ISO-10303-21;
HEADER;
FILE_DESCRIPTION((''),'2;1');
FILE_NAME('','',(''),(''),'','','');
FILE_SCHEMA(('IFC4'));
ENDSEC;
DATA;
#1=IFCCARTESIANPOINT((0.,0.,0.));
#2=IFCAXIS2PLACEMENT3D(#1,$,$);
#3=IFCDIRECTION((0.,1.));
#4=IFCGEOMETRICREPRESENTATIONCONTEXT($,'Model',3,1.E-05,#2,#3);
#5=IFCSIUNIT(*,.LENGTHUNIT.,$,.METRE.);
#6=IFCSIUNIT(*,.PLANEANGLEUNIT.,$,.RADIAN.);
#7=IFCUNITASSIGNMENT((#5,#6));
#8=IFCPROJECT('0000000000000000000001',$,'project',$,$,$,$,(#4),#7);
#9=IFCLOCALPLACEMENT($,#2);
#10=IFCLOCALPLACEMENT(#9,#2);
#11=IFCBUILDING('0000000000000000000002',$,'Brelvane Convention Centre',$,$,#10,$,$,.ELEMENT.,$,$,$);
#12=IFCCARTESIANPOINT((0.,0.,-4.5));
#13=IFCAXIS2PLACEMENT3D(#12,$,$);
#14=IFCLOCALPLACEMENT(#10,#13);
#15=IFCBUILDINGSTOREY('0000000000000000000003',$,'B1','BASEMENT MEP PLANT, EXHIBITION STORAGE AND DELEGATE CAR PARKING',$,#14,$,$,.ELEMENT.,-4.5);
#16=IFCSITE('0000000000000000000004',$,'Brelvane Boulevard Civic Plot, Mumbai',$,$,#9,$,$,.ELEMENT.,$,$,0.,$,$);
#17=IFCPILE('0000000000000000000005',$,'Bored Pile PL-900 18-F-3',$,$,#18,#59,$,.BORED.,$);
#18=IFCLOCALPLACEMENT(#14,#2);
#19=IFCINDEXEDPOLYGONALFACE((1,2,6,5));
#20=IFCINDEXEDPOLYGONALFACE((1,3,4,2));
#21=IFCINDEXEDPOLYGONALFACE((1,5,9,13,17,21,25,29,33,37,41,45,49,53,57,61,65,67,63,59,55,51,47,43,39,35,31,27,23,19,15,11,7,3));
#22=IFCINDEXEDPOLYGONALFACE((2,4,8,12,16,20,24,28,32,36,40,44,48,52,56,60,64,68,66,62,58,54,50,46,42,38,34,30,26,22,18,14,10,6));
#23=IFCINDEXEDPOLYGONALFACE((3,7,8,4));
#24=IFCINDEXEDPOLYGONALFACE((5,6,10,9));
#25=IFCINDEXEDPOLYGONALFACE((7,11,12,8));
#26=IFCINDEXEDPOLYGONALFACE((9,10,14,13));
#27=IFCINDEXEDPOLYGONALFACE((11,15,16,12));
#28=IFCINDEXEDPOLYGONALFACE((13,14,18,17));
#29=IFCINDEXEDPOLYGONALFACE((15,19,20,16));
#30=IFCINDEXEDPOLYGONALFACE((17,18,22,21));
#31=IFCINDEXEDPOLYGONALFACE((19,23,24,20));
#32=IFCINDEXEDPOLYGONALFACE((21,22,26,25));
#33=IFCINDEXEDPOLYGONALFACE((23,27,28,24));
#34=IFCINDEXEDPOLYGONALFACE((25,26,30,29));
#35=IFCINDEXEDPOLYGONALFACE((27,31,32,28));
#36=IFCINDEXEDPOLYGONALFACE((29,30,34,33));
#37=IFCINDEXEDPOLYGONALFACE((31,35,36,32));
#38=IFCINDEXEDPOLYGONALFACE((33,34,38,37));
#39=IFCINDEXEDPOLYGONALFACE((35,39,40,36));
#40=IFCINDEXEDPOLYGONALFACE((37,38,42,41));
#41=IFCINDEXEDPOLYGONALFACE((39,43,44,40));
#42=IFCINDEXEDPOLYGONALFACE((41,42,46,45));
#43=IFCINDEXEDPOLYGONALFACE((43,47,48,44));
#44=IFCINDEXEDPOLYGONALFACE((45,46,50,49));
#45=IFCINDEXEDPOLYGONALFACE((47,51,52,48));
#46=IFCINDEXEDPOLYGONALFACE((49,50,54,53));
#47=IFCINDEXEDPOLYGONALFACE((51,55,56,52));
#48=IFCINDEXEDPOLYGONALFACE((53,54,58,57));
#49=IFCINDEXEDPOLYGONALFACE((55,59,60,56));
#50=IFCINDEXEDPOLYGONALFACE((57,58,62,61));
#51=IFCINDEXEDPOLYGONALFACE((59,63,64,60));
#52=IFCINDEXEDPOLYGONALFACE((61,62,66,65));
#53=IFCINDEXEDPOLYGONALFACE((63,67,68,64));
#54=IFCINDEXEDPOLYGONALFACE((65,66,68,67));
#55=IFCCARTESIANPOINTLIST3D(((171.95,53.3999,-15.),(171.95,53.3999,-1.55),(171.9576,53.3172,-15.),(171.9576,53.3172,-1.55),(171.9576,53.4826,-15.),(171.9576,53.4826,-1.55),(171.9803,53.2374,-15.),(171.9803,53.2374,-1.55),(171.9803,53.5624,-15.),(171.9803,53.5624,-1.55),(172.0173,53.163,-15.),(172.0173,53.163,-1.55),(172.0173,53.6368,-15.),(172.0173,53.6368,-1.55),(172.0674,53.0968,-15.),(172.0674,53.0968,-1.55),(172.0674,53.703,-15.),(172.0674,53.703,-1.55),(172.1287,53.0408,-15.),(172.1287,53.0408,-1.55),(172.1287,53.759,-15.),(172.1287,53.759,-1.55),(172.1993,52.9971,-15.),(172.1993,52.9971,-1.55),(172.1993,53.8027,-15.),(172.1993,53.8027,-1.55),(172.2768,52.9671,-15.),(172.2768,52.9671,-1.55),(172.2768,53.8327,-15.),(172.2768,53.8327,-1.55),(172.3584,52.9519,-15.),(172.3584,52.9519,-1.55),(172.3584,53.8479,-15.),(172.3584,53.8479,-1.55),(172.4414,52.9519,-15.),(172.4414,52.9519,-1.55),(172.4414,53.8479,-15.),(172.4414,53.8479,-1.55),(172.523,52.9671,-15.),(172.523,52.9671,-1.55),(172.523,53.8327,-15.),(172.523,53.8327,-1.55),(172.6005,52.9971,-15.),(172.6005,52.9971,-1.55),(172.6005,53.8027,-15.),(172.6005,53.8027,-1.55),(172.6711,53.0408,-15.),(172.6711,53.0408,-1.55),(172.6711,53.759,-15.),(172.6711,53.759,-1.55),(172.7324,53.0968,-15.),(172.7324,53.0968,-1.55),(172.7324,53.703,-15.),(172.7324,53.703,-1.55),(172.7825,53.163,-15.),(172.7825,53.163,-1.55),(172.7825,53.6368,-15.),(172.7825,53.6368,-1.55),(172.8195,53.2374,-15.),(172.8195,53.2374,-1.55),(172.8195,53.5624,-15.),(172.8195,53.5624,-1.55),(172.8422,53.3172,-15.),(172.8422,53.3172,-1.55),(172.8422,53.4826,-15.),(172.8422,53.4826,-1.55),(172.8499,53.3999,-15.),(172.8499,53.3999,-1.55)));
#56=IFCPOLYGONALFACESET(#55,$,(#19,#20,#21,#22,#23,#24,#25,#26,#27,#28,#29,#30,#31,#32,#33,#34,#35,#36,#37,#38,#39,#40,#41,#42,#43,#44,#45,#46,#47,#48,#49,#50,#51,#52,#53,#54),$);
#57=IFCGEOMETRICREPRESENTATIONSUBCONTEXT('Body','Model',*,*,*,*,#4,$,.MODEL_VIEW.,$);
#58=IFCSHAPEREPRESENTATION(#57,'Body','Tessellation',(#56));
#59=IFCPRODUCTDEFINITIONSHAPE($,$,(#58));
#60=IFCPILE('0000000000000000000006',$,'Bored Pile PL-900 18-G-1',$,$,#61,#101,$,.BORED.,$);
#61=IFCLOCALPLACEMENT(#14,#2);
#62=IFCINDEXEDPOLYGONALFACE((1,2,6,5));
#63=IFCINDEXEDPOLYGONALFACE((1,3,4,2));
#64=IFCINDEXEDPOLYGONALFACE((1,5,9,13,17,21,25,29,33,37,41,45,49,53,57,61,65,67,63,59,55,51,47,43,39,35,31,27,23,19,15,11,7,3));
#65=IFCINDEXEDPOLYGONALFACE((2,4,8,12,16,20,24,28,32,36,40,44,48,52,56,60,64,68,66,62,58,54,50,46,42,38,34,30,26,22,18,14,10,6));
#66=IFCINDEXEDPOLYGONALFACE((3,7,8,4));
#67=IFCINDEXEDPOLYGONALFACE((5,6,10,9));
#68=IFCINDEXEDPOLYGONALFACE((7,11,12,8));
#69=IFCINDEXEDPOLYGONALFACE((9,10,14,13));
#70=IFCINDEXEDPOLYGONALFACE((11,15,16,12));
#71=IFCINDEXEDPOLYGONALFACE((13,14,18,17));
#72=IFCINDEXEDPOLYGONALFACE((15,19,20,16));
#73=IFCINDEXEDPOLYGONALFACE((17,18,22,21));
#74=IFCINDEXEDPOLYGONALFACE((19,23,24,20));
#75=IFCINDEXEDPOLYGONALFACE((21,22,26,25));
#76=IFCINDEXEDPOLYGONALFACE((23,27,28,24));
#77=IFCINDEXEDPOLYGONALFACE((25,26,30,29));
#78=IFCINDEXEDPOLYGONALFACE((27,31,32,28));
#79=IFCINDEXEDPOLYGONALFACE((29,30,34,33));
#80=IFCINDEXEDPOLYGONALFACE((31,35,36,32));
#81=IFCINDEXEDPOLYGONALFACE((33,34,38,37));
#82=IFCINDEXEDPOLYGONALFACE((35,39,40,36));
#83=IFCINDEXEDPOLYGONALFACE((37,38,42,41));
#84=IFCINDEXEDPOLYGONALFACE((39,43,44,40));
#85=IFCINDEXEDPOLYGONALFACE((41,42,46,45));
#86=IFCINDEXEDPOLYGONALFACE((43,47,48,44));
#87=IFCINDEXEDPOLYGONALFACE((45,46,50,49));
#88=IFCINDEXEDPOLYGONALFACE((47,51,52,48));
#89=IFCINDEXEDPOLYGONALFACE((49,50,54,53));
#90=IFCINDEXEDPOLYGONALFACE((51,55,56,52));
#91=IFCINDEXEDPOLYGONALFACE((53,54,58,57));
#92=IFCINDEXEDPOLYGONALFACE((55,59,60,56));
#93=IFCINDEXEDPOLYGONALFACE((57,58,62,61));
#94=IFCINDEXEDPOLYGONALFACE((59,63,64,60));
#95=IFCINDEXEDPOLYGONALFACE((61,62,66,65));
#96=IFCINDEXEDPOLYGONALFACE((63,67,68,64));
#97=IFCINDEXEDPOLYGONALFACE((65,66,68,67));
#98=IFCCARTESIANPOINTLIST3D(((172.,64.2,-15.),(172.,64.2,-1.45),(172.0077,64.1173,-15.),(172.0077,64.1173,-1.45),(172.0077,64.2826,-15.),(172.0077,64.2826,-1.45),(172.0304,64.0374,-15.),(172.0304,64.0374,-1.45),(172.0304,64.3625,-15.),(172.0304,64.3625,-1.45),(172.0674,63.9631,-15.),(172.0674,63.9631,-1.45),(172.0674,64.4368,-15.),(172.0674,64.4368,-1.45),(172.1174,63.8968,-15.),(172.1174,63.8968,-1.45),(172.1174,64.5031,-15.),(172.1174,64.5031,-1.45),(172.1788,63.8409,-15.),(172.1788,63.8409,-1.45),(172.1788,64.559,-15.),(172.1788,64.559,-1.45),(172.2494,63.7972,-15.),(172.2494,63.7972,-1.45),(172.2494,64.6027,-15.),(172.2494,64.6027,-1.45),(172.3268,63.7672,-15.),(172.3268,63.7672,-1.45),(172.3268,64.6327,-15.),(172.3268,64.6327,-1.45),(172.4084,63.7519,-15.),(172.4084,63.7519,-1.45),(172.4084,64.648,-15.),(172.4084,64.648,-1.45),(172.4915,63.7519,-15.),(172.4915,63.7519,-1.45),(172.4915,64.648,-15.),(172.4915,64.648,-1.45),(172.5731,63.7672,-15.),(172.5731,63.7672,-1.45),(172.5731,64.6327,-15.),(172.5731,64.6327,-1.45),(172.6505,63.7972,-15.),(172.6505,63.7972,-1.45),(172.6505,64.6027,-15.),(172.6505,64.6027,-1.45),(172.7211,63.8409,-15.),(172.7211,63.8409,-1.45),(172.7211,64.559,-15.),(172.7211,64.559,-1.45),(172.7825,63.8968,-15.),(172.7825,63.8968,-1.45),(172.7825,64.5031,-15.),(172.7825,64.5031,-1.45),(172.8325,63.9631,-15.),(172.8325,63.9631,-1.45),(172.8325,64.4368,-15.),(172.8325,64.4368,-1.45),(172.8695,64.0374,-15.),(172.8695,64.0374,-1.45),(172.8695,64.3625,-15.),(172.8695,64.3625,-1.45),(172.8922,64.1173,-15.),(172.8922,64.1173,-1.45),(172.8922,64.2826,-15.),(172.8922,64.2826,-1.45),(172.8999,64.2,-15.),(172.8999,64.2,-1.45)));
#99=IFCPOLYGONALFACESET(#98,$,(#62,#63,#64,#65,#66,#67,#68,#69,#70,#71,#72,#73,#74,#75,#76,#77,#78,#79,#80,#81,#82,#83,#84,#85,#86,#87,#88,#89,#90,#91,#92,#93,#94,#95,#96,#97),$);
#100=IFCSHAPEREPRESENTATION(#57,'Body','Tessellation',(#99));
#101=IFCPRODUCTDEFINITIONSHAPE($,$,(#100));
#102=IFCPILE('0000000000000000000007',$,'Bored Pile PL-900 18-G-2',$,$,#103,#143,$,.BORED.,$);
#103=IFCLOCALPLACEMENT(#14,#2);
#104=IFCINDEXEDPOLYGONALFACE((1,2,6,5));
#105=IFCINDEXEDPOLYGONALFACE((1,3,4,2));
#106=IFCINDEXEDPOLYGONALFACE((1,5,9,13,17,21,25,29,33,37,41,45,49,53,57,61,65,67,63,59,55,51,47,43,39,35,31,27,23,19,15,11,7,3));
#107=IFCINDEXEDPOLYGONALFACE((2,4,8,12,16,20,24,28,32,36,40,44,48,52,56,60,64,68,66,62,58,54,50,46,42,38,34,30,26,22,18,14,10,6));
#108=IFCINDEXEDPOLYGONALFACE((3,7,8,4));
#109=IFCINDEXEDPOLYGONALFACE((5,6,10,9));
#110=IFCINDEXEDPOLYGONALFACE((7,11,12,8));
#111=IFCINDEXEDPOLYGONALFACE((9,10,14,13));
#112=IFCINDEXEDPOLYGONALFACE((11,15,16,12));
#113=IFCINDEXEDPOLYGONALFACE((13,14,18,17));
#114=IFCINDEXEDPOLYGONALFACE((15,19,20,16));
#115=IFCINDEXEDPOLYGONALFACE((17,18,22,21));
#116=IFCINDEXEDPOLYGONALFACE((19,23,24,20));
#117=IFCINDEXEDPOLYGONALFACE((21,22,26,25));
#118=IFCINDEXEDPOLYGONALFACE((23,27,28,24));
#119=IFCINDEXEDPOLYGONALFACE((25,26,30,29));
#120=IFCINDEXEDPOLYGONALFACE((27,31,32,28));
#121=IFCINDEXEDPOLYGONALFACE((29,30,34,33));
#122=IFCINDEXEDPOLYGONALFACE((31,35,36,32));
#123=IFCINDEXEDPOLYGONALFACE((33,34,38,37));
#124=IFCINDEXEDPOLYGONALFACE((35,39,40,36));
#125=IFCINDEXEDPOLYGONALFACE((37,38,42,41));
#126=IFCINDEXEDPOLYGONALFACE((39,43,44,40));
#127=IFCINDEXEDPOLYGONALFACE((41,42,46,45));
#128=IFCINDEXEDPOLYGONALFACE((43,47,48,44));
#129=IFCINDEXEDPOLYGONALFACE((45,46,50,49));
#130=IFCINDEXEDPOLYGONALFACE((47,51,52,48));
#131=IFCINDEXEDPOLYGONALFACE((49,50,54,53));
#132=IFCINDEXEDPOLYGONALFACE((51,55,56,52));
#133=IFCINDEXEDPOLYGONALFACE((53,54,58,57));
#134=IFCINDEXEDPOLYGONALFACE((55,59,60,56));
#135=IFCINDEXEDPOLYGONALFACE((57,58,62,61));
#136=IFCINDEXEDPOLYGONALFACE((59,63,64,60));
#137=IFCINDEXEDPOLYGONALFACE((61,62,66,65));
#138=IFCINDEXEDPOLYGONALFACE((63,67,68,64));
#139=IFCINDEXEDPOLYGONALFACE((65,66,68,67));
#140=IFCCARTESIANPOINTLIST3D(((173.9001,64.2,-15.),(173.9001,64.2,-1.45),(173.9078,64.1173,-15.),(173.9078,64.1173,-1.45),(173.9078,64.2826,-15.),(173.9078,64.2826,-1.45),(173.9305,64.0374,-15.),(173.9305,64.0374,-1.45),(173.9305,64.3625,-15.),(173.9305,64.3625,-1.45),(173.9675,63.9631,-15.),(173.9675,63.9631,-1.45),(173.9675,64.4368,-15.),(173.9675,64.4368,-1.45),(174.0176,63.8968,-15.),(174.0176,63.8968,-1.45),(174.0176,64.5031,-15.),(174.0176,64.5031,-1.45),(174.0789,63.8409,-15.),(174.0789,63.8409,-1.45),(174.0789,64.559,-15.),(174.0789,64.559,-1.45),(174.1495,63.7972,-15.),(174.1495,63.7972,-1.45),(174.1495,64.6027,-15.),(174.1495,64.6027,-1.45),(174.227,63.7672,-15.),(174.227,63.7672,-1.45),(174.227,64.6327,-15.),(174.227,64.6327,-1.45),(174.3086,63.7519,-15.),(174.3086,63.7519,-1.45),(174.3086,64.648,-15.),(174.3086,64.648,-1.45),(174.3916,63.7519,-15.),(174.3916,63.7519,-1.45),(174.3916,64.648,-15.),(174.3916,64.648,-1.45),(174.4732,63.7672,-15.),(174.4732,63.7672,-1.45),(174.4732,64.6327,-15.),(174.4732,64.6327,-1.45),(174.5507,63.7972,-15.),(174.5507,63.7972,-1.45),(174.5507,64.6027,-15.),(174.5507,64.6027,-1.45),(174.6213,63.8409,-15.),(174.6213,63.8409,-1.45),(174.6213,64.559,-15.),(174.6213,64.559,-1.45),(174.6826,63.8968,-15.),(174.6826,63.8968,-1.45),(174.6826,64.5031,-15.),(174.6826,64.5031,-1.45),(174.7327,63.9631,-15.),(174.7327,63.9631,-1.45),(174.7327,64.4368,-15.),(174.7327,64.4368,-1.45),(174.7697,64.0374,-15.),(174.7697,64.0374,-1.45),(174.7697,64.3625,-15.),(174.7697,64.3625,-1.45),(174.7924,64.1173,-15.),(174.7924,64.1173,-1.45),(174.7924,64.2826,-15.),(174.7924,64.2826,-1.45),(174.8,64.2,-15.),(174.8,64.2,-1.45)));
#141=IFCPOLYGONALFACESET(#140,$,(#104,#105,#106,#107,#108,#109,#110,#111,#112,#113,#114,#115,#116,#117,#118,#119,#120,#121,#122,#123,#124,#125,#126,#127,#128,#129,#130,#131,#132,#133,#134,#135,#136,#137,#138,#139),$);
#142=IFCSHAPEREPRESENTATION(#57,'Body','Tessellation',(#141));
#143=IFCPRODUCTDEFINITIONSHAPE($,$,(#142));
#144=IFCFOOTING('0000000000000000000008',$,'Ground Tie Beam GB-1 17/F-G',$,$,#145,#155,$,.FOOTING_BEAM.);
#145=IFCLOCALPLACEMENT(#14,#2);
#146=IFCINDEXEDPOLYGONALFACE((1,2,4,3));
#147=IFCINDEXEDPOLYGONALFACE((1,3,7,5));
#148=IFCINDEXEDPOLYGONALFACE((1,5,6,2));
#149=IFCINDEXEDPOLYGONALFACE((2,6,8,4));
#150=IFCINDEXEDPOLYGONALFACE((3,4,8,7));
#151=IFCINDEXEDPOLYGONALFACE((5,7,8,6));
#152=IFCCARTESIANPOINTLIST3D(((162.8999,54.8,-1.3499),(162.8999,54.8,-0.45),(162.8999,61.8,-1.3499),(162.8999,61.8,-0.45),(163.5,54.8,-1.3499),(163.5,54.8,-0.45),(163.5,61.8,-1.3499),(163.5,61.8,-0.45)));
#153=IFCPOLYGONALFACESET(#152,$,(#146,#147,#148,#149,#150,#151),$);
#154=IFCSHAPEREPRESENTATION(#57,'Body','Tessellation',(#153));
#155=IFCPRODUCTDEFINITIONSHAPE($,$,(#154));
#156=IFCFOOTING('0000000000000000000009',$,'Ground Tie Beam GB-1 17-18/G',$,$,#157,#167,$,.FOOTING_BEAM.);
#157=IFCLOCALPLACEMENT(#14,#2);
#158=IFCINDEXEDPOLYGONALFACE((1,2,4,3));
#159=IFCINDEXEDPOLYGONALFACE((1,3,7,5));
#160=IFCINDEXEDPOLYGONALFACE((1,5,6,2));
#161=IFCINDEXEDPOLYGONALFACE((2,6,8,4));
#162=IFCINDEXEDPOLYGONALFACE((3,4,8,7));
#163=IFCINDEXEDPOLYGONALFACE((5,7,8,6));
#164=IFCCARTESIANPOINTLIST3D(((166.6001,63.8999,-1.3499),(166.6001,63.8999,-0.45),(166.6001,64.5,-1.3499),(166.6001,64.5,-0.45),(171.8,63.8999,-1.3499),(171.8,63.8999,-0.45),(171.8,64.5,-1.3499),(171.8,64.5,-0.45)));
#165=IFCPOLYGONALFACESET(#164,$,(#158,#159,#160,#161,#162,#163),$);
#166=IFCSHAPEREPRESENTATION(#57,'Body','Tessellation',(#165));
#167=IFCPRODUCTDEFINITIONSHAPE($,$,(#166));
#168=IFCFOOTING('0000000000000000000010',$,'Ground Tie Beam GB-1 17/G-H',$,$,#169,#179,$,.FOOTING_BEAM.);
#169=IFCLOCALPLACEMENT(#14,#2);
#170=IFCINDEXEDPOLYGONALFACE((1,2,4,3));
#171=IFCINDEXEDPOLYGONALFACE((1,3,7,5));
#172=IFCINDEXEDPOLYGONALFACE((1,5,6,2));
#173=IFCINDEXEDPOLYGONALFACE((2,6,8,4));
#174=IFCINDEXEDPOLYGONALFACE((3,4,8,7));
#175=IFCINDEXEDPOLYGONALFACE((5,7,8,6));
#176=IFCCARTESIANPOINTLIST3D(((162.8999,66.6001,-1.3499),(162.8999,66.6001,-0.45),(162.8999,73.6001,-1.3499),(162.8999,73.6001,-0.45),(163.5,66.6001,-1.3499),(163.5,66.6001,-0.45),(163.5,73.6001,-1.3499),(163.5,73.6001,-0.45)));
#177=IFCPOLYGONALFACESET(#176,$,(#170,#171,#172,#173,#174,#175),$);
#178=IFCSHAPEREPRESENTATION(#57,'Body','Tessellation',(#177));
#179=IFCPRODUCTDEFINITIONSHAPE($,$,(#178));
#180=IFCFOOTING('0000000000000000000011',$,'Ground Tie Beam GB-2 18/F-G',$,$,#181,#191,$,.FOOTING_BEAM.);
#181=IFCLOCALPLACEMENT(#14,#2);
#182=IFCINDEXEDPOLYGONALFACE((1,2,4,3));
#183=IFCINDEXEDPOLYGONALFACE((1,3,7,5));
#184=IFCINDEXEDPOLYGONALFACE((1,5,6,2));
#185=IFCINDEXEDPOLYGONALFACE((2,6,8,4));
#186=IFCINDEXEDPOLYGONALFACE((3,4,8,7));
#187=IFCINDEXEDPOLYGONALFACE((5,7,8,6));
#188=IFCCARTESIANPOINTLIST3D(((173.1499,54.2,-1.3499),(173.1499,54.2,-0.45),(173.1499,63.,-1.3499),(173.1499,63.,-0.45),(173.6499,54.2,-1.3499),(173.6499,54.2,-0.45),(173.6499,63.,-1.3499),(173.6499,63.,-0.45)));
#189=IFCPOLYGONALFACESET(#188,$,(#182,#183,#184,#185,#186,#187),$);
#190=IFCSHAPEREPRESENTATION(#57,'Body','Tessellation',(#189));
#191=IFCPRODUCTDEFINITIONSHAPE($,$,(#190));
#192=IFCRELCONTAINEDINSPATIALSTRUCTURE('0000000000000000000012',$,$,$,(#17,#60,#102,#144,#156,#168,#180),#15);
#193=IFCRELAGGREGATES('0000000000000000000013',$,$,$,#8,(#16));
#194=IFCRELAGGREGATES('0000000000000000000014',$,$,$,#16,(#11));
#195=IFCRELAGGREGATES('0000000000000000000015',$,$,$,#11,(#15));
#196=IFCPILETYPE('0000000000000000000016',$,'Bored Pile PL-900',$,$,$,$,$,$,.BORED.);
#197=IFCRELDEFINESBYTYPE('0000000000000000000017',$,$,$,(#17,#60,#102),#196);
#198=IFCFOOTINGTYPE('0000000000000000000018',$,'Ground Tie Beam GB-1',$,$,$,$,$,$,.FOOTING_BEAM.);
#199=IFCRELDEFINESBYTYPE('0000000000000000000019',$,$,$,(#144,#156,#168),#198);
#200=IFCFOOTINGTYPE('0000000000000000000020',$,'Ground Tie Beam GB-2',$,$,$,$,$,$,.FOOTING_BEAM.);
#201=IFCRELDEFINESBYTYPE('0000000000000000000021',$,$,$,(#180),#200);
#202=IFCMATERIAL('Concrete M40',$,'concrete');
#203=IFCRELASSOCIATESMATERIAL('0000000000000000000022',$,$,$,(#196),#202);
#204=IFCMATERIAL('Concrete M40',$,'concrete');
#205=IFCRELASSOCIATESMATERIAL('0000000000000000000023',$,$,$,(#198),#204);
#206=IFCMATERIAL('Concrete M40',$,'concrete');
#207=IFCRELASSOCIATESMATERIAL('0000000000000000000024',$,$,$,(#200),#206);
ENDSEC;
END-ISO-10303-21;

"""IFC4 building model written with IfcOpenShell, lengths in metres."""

from ifc_helpers import new_model, si_unit, direction, frame, origin, origin_2d, place, context, subcontext, project, spatial, rectangle, circle, extrude, material, material_profile, profile_set, type_object, element, save


model = new_model("IFC4")

# Units and contexts
model_context = context("Model", 3, precision=1e-05, world=origin(), true_north=direction((0.0, 1.0)))
body_context = subcontext(model_context, "Body", "Model", "MODEL_VIEW")
ifc_project = project(units=[si_unit("LENGTHUNIT", "METRE"), si_unit("PLANEANGLEUNIT", "RADIAN")], contexts=[model_context])

# Site, building, storey
site_placement = place(None, origin())
site = spatial("IfcSite", under=ifc_project, at=site_placement, Name="Brelvane Boulevard Civic Plot, Mumbai", CompositionType="ELEMENT", RefElevation=0.0)
building_placement = place(site_placement, origin())
building = spatial("IfcBuilding", under=site, at=building_placement, Name="Brelvane Convention Centre", CompositionType="ELEMENT")
storey_placement = place(building_placement, frame((0.0, 0.0, -4.5)))
storey = spatial("IfcBuildingStorey", under=building, at=storey_placement, Name="B1", Description="BASEMENT MEP PLANT, EXHIBITION STORAGE AND DELEGATE CAR PARKING", CompositionType="ELEMENT", Elevation=-4.5)

# Piles
ifc_material_1 = material(Name="Concrete M40", Category="concrete")
ifc_material_profile_1 = material_profile(ifc_material_1, circle(Radius=0.45, at=origin_2d()), Name="PILE D900")
ifc_profile_set_1 = profile_set([ifc_material_profile_1], Name="Concrete M40")
pile_type_1 = type_object("IfcPileType", Name="Bored Pile PL-900", PredefinedType="BORED", material=ifc_profile_set_1)
pile_placement = place(storey_placement, frame((172.3999, 53.3999, -1.55), z_axis=(0.0, 0.0, -1.0), x_axis=(1.0, 0.0, 0.0)))
element("IfcPile", 1, at=pile_placement, inside=storey, type_object=pile_type_1, Name="Bored Pile PL-900 18-F-3", PredefinedType="BORED", context=body_context, shape_type="SweptSolid", body=[
    extrude(circle(Radius=0.45, at=origin_2d()), origin(), (0.0, 0.0, 1.0), 13.45),
])
for number, where, z_axis, x_axis, name in (
    (2, (172.45, 64.2, -1.45), (0.0, 0.0, -1.0), (1.0, 0.0, 0.0), "Bored Pile PL-900 18-G-1"),
    (3, (174.3501, 64.2, -1.45), (0.0, 0.0, -1.0), (1.0, 0.0, 0.0), "Bored Pile PL-900 18-G-2"),
):
    element("IfcPile", number, at=place(storey_placement, frame(where, z_axis=z_axis, x_axis=x_axis)), inside=storey, type_object=pile_type_1, Name=name, PredefinedType="BORED", context=body_context, shape_type="SweptSolid", body=[
        extrude(circle(Radius=0.45, at=origin_2d()), origin(), (0.0, 0.0, 1.0), 13.55),
    ])

# Footings
ifc_material_2 = material(Name="Concrete M40", Category="concrete")
ifc_material_profile_2 = material_profile(ifc_material_2, rectangle(XDim=0.6001, YDim=0.8999, at=origin_2d()), Name="RC 600x900")
ifc_profile_set_2 = profile_set([ifc_material_profile_2], Name="Concrete M40")
footing_type_1 = type_object("IfcFootingType", Name="Ground Tie Beam GB-1", PredefinedType="FOOTING_BEAM", material=ifc_profile_set_2)
footing_1_placement = place(storey_placement, frame((163.2, 54.8, -0.8999), z_axis=(0.0, 1.0, 0.0), x_axis=(-1.0, 0.0, 0.0)))
element("IfcFooting", 4, at=footing_1_placement, inside=storey, type_object=footing_type_1, Name="Ground Tie Beam GB-1 17/F-G", PredefinedType="FOOTING_BEAM", context=body_context, shape_type="SweptSolid", body=[
    extrude(rectangle(XDim=0.6001, YDim=0.8999, at=origin_2d()), origin(), (0.0, 0.0, 1.0), 7.0),
])
footing_2_placement = place(storey_placement, frame((166.6001, 64.2, -0.8999), z_axis=(1.0, 0.0, 0.0), x_axis=(0.0, 1.0, 0.0)))
element("IfcFooting", 5, at=footing_2_placement, inside=storey, type_object=footing_type_1, Name="Ground Tie Beam GB-1 17-18/G", PredefinedType="FOOTING_BEAM", context=body_context, shape_type="SweptSolid", body=[
    extrude(rectangle(XDim=0.6001, YDim=0.8999, at=origin_2d()), origin(), (0.0, 0.0, 1.0), 5.2),
])
footing_3_placement = place(storey_placement, frame((163.2, 66.6001, -0.8999), z_axis=(0.0, 1.0, 0.0), x_axis=(-1.0, 0.0, 0.0)))
element("IfcFooting", 6, at=footing_3_placement, inside=storey, type_object=footing_type_1, Name="Ground Tie Beam GB-1 17/G-H", PredefinedType="FOOTING_BEAM", context=body_context, shape_type="SweptSolid", body=[
    extrude(rectangle(XDim=0.6001, YDim=0.8999, at=origin_2d()), origin(), (0.0, 0.0, 1.0), 7.0),
])
ifc_material_3 = material(Name="Concrete M40", Category="concrete")
ifc_material_profile_3 = material_profile(ifc_material_3, rectangle(XDim=0.5, YDim=0.8999, at=origin_2d()), Name="RC 500x900")
ifc_profile_set_3 = profile_set([ifc_material_profile_3], Name="Concrete M40")
footing_type_2 = type_object("IfcFootingType", Name="Ground Tie Beam GB-2", PredefinedType="FOOTING_BEAM", material=ifc_profile_set_3)
footing_4_placement = place(storey_placement, frame((173.3999, 54.2, -0.8999), z_axis=(0.0, 1.0, 0.0), x_axis=(-1.0, 0.0, 0.0)))
element("IfcFooting", 7, at=footing_4_placement, inside=storey, type_object=footing_type_2, Name="Ground Tie Beam GB-2 18/F-G", PredefinedType="FOOTING_BEAM", context=body_context, shape_type="SweptSolid", body=[
    extrude(rectangle(XDim=0.5, YDim=0.8999, at=origin_2d()), origin(), (0.0, 0.0, 1.0), 8.8),
])

save(model, "model.ifc")
